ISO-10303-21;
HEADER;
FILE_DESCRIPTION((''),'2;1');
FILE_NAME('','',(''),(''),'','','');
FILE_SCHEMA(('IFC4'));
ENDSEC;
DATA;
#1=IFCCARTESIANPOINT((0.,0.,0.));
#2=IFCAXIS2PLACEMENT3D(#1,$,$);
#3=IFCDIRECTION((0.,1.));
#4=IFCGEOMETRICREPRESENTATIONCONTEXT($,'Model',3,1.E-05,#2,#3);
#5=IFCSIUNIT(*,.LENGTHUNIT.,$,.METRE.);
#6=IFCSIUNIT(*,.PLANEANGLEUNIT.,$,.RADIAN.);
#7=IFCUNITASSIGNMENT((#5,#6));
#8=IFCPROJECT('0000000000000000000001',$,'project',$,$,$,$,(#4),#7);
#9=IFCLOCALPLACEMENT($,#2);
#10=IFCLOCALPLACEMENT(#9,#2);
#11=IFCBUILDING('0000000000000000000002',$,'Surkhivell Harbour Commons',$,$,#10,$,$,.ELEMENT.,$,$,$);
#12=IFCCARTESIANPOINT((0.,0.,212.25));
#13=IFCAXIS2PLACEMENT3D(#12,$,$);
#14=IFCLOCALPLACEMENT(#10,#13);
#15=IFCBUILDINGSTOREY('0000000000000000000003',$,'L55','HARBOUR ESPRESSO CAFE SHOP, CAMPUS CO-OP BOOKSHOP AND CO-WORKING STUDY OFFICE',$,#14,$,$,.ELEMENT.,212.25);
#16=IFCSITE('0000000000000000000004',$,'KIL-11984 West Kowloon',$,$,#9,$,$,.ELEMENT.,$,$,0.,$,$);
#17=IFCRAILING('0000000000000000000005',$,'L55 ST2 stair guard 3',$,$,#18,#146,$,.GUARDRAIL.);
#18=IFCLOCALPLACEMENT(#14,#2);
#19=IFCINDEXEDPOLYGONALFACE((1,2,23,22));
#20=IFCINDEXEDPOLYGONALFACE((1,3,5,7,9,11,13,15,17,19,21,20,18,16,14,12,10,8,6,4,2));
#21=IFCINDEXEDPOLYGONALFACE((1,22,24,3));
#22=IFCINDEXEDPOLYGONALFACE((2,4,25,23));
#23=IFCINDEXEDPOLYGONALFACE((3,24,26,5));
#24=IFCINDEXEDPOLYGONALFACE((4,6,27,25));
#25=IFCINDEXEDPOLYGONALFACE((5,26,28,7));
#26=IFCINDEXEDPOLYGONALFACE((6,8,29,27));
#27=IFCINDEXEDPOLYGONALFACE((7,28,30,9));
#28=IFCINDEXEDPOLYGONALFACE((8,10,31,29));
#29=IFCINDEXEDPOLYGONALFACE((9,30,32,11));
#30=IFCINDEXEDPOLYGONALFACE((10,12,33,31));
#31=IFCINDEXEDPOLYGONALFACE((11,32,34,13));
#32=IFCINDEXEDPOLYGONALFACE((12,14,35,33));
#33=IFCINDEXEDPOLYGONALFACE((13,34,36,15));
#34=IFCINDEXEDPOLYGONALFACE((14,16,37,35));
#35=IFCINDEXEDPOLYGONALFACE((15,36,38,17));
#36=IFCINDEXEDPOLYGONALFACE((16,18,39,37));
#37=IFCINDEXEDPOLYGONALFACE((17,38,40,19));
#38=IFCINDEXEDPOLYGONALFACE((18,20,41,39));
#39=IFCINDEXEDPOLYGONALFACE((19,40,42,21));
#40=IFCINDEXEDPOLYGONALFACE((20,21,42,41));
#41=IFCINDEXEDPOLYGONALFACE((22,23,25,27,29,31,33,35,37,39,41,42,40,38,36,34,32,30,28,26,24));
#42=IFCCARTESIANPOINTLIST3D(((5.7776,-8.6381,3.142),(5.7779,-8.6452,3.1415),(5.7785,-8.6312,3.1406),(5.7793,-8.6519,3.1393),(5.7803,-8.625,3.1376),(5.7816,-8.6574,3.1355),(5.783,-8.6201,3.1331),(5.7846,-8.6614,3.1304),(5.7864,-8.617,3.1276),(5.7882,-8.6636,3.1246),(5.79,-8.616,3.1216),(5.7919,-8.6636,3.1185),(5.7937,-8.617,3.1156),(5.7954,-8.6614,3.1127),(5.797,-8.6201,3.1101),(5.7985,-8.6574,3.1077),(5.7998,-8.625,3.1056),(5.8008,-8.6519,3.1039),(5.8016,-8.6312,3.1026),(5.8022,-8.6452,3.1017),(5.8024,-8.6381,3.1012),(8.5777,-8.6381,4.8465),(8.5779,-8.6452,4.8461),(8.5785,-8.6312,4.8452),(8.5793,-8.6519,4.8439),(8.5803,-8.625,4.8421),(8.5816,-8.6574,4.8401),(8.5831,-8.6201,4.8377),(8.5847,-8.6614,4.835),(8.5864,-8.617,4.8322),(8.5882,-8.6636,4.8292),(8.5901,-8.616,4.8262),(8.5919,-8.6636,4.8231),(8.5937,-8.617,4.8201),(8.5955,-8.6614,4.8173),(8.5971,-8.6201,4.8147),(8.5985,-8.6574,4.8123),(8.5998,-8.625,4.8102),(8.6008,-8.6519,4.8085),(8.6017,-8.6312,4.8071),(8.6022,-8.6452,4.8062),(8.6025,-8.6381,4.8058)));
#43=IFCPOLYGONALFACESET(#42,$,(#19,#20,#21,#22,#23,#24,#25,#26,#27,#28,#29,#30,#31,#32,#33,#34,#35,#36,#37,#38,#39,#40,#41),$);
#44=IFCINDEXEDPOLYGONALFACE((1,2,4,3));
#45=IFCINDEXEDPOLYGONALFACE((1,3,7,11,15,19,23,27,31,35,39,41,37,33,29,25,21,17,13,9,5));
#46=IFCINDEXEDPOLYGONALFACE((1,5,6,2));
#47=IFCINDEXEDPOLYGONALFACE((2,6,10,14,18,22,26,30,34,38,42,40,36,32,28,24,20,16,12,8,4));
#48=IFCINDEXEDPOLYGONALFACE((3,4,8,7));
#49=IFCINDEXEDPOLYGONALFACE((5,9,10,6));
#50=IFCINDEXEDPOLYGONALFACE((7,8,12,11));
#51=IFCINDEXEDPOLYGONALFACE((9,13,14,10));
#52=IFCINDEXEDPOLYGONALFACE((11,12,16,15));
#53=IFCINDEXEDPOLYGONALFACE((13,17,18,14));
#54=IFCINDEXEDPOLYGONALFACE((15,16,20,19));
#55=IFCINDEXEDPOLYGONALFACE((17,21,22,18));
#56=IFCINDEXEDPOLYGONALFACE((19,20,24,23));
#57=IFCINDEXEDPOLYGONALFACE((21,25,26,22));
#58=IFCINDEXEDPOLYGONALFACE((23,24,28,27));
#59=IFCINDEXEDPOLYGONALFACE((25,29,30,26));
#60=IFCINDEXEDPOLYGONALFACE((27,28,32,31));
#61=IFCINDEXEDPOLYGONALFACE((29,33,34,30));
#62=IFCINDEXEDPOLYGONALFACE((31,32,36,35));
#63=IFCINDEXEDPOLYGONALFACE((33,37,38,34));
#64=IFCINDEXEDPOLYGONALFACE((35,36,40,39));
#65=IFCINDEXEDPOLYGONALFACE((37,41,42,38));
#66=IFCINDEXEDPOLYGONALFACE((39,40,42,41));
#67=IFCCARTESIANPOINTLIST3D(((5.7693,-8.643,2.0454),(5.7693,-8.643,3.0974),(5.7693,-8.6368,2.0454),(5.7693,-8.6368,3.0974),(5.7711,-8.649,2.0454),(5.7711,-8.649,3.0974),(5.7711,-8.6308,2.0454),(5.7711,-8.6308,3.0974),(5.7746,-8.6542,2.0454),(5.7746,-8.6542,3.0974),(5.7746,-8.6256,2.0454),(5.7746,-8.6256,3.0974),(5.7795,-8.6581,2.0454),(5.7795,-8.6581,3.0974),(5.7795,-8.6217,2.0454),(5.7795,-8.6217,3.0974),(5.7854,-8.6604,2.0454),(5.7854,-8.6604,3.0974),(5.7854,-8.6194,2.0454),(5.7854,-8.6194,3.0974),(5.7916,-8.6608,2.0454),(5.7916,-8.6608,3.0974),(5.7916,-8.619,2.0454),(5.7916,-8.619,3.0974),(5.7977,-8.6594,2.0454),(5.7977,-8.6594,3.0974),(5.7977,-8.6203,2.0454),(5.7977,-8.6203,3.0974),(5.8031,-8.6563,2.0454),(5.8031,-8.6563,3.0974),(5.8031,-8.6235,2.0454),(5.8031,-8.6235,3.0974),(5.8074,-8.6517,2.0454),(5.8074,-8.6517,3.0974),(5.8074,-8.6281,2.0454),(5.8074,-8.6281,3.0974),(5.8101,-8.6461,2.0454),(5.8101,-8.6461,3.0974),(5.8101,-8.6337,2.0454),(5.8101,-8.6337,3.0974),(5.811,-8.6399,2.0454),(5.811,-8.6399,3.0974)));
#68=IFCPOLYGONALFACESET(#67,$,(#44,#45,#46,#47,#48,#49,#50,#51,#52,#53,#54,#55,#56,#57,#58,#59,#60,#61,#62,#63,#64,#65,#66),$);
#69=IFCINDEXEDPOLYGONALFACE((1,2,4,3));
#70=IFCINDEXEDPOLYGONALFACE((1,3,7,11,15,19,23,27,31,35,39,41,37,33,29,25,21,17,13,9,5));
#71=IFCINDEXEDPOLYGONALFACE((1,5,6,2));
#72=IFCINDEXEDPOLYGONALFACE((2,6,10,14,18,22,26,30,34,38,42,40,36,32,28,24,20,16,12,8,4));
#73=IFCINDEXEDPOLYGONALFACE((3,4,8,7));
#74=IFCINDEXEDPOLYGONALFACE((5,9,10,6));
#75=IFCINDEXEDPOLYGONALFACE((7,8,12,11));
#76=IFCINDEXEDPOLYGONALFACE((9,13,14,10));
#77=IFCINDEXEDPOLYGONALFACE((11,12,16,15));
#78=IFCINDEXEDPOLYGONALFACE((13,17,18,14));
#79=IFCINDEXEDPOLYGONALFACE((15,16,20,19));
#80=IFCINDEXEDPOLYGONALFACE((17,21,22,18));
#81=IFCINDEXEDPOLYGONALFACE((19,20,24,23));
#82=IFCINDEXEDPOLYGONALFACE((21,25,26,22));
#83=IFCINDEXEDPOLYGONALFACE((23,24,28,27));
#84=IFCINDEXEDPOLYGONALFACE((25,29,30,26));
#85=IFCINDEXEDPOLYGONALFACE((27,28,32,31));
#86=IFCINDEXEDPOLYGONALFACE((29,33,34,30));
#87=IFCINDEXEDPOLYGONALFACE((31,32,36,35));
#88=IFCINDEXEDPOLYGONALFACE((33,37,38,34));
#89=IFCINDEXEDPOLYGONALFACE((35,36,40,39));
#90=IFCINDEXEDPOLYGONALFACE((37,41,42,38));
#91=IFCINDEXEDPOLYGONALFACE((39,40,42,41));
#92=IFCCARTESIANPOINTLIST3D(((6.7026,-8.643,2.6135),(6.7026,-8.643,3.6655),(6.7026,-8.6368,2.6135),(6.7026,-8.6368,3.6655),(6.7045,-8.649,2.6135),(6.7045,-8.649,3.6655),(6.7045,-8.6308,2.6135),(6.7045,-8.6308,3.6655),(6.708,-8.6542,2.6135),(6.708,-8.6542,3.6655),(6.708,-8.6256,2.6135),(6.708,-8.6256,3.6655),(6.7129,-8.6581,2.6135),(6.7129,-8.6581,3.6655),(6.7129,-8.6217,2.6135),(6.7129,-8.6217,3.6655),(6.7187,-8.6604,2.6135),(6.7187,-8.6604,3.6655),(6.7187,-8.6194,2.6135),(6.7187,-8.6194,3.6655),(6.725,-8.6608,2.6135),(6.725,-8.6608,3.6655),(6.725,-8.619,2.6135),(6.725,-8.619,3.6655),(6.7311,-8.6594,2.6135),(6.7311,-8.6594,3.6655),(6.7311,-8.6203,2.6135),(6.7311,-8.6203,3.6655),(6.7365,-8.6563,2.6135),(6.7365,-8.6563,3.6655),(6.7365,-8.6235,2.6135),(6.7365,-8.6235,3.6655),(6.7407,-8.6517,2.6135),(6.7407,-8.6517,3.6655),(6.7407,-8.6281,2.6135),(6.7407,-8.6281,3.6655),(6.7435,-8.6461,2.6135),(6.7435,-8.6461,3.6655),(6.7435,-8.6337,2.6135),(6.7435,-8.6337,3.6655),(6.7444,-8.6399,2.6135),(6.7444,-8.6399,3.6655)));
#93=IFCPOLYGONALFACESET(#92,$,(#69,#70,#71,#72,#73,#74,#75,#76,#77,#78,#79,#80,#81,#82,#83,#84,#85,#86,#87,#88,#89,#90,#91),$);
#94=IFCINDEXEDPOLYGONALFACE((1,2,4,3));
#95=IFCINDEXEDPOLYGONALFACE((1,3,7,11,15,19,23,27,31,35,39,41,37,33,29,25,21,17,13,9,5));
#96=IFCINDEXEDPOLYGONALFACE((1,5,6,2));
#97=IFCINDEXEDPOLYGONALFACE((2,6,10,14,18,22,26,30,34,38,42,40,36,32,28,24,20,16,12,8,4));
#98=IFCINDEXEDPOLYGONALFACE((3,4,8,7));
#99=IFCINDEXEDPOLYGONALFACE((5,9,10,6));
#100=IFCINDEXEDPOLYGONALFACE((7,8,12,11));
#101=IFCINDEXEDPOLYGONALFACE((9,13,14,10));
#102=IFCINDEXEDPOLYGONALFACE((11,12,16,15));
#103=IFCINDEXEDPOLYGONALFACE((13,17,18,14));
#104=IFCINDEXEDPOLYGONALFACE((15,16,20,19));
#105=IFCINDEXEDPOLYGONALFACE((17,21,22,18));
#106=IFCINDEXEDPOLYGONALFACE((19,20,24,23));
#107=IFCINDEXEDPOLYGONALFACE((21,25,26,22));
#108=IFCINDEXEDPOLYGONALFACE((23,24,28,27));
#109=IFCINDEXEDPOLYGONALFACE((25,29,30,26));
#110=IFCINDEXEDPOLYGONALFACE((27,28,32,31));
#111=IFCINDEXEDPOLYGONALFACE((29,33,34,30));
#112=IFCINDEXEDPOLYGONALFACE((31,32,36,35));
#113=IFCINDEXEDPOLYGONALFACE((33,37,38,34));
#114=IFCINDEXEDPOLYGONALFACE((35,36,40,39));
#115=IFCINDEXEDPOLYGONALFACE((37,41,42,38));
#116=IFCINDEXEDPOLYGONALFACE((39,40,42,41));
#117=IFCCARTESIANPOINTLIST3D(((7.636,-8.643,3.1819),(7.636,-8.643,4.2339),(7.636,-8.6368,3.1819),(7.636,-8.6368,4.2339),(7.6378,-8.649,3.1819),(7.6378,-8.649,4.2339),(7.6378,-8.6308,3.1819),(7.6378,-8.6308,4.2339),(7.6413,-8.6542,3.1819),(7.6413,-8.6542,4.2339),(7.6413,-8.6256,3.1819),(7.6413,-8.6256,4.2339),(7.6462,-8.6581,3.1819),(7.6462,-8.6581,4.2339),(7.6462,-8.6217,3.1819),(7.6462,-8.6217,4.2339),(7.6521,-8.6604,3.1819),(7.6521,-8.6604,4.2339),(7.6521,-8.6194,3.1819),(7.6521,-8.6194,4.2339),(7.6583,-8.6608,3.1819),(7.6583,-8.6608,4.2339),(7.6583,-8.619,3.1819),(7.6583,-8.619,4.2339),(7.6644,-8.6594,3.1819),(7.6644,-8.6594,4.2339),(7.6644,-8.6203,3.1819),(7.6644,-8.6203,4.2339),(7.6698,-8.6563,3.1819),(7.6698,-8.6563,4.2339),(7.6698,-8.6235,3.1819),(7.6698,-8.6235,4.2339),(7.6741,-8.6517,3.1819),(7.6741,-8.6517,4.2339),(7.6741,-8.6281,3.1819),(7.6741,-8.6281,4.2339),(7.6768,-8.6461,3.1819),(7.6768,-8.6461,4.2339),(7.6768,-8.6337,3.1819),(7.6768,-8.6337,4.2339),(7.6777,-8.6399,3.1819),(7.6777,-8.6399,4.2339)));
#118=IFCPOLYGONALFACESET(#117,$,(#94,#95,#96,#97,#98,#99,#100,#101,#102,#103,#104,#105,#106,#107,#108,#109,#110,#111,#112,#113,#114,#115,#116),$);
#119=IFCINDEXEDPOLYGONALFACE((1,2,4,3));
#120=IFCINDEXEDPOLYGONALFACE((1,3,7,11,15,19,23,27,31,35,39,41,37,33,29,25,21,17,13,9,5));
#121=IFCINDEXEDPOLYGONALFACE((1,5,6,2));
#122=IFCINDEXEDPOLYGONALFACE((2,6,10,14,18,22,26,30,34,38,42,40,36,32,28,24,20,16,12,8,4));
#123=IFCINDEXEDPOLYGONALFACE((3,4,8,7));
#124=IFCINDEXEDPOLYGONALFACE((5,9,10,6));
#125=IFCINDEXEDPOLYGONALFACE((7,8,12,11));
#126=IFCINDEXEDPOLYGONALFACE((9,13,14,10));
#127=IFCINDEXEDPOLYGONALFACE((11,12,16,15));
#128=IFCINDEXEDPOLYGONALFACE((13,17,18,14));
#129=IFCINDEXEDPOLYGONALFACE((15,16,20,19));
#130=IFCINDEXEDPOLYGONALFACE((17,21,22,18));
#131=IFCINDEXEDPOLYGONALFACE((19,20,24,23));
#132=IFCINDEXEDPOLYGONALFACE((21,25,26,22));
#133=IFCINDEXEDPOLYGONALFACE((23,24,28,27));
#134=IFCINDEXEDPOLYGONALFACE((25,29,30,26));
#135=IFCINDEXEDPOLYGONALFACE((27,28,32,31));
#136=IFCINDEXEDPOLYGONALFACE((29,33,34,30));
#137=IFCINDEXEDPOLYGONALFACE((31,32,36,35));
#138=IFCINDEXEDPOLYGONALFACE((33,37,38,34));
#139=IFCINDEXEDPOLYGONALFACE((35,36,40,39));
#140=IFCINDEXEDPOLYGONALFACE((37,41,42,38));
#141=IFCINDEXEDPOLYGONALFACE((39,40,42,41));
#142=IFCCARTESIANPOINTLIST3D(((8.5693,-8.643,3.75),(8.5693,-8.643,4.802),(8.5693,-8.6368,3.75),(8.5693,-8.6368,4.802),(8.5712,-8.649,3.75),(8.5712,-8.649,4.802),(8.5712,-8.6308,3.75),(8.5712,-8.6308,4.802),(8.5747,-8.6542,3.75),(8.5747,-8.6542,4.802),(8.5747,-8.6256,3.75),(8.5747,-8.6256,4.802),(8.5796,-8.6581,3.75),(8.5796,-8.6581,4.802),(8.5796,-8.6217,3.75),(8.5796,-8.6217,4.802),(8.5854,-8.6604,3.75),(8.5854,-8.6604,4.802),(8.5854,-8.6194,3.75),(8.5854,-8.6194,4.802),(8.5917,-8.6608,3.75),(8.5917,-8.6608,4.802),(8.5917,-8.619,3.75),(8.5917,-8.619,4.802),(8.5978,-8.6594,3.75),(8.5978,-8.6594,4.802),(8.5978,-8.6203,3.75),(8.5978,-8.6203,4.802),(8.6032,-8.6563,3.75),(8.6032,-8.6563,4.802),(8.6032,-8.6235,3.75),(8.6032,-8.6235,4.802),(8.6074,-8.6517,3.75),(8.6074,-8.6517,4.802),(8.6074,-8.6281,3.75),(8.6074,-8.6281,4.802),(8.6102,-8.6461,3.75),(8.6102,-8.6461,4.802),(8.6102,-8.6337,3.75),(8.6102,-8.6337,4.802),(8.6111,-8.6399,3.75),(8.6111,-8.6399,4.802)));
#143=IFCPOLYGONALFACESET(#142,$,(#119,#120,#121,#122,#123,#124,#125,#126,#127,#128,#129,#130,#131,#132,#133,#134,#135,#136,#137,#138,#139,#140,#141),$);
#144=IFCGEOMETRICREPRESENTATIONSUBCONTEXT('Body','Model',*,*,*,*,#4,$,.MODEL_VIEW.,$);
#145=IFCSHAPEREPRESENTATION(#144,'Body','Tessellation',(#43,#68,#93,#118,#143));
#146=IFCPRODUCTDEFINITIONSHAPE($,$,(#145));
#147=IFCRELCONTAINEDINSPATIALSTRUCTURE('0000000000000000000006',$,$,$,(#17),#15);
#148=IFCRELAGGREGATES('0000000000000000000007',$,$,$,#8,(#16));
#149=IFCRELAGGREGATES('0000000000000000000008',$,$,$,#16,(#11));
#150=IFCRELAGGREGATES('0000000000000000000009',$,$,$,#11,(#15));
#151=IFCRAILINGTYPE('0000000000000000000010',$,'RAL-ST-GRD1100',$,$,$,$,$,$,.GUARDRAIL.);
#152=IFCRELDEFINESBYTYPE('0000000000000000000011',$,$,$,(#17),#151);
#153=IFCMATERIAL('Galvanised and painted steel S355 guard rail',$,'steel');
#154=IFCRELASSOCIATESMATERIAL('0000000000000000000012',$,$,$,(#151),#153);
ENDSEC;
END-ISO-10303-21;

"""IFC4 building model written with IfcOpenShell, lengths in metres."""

from ifc_helpers import new_model, si_unit, direction, frame, origin, origin_2d, place, context, subcontext, project, spatial, circle, extrude, material, type_object, element, save


model = new_model("IFC4")

# Units and contexts
model_context = context("Model", 3, precision=1e-05, world=origin(), true_north=direction((0.0, 1.0)))
body_context = subcontext(model_context, "Body", "Model", "MODEL_VIEW")
ifc_project = project(units=[si_unit("LENGTHUNIT", "METRE"), si_unit("PLANEANGLEUNIT", "RADIAN")], contexts=[model_context])

# Site, building, storey
site_placement = place(None, origin())
site = spatial("IfcSite", under=ifc_project, at=site_placement, Name="KIL-11984 West Kowloon", CompositionType="ELEMENT", RefElevation=0.0)
building_placement = place(site_placement, origin())
building = spatial("IfcBuilding", under=site, at=building_placement, Name="Surkhivell Harbour Commons", CompositionType="ELEMENT")
storey_placement = place(building_placement, frame((0.0, 0.0, 212.25)))
storey = spatial("IfcBuildingStorey", under=building, at=storey_placement, Name="L55", Description="HARBOUR ESPRESSO CAFE SHOP, CAMPUS CO-OP BOOKSHOP AND CO-WORKING STUDY OFFICE", CompositionType="ELEMENT", Elevation=212.25)

# Railing
ifc_material_1 = material(Name="Galvanised and painted steel S355 guard rail", Category="steel")
railing_type_1 = type_object("IfcRailingType", Name="RAL-ST-GRD1100", PredefinedType="GUARDRAIL", material=ifc_material_1)
railing_1_placement = place(storey_placement, frame((5.79, -8.6399, 2.0454)))
element("IfcRailing", 1, at=railing_1_placement, inside=storey, type_object=railing_type_1, Name="L55 ST2 stair guard 3", PredefinedType="GUARDRAIL", context=body_context, shape_type="SweptSolid", body=[
    extrude(circle(Radius=0.0239, at=origin_2d()), frame((0.0, 0.0, 1.0762), z_axis=(0.85417, 0.0, 0.519994), x_axis=(0.0, 1.0, 0.0)), (0.0, 0.0, 1.0), 3.2781),
    extrude(circle(Radius=0.021, at=origin_2d()), origin(), (0.0, 0.0, 1.0), 1.052),
    extrude(circle(Radius=0.021, at=origin_2d()), frame((0.9333, 0.0, 0.5681)), (0.0, 0.0, 1.0), 1.052),
    extrude(circle(Radius=0.021, at=origin_2d()), frame((1.8667, 0.0, 1.1365)), (0.0, 0.0, 1.0), 1.052),
    extrude(circle(Radius=0.021, at=origin_2d()), frame((2.8, 0.0, 1.7046)), (0.0, 0.0, 1.0), 1.052),
])

save(model, "model.ifc")
